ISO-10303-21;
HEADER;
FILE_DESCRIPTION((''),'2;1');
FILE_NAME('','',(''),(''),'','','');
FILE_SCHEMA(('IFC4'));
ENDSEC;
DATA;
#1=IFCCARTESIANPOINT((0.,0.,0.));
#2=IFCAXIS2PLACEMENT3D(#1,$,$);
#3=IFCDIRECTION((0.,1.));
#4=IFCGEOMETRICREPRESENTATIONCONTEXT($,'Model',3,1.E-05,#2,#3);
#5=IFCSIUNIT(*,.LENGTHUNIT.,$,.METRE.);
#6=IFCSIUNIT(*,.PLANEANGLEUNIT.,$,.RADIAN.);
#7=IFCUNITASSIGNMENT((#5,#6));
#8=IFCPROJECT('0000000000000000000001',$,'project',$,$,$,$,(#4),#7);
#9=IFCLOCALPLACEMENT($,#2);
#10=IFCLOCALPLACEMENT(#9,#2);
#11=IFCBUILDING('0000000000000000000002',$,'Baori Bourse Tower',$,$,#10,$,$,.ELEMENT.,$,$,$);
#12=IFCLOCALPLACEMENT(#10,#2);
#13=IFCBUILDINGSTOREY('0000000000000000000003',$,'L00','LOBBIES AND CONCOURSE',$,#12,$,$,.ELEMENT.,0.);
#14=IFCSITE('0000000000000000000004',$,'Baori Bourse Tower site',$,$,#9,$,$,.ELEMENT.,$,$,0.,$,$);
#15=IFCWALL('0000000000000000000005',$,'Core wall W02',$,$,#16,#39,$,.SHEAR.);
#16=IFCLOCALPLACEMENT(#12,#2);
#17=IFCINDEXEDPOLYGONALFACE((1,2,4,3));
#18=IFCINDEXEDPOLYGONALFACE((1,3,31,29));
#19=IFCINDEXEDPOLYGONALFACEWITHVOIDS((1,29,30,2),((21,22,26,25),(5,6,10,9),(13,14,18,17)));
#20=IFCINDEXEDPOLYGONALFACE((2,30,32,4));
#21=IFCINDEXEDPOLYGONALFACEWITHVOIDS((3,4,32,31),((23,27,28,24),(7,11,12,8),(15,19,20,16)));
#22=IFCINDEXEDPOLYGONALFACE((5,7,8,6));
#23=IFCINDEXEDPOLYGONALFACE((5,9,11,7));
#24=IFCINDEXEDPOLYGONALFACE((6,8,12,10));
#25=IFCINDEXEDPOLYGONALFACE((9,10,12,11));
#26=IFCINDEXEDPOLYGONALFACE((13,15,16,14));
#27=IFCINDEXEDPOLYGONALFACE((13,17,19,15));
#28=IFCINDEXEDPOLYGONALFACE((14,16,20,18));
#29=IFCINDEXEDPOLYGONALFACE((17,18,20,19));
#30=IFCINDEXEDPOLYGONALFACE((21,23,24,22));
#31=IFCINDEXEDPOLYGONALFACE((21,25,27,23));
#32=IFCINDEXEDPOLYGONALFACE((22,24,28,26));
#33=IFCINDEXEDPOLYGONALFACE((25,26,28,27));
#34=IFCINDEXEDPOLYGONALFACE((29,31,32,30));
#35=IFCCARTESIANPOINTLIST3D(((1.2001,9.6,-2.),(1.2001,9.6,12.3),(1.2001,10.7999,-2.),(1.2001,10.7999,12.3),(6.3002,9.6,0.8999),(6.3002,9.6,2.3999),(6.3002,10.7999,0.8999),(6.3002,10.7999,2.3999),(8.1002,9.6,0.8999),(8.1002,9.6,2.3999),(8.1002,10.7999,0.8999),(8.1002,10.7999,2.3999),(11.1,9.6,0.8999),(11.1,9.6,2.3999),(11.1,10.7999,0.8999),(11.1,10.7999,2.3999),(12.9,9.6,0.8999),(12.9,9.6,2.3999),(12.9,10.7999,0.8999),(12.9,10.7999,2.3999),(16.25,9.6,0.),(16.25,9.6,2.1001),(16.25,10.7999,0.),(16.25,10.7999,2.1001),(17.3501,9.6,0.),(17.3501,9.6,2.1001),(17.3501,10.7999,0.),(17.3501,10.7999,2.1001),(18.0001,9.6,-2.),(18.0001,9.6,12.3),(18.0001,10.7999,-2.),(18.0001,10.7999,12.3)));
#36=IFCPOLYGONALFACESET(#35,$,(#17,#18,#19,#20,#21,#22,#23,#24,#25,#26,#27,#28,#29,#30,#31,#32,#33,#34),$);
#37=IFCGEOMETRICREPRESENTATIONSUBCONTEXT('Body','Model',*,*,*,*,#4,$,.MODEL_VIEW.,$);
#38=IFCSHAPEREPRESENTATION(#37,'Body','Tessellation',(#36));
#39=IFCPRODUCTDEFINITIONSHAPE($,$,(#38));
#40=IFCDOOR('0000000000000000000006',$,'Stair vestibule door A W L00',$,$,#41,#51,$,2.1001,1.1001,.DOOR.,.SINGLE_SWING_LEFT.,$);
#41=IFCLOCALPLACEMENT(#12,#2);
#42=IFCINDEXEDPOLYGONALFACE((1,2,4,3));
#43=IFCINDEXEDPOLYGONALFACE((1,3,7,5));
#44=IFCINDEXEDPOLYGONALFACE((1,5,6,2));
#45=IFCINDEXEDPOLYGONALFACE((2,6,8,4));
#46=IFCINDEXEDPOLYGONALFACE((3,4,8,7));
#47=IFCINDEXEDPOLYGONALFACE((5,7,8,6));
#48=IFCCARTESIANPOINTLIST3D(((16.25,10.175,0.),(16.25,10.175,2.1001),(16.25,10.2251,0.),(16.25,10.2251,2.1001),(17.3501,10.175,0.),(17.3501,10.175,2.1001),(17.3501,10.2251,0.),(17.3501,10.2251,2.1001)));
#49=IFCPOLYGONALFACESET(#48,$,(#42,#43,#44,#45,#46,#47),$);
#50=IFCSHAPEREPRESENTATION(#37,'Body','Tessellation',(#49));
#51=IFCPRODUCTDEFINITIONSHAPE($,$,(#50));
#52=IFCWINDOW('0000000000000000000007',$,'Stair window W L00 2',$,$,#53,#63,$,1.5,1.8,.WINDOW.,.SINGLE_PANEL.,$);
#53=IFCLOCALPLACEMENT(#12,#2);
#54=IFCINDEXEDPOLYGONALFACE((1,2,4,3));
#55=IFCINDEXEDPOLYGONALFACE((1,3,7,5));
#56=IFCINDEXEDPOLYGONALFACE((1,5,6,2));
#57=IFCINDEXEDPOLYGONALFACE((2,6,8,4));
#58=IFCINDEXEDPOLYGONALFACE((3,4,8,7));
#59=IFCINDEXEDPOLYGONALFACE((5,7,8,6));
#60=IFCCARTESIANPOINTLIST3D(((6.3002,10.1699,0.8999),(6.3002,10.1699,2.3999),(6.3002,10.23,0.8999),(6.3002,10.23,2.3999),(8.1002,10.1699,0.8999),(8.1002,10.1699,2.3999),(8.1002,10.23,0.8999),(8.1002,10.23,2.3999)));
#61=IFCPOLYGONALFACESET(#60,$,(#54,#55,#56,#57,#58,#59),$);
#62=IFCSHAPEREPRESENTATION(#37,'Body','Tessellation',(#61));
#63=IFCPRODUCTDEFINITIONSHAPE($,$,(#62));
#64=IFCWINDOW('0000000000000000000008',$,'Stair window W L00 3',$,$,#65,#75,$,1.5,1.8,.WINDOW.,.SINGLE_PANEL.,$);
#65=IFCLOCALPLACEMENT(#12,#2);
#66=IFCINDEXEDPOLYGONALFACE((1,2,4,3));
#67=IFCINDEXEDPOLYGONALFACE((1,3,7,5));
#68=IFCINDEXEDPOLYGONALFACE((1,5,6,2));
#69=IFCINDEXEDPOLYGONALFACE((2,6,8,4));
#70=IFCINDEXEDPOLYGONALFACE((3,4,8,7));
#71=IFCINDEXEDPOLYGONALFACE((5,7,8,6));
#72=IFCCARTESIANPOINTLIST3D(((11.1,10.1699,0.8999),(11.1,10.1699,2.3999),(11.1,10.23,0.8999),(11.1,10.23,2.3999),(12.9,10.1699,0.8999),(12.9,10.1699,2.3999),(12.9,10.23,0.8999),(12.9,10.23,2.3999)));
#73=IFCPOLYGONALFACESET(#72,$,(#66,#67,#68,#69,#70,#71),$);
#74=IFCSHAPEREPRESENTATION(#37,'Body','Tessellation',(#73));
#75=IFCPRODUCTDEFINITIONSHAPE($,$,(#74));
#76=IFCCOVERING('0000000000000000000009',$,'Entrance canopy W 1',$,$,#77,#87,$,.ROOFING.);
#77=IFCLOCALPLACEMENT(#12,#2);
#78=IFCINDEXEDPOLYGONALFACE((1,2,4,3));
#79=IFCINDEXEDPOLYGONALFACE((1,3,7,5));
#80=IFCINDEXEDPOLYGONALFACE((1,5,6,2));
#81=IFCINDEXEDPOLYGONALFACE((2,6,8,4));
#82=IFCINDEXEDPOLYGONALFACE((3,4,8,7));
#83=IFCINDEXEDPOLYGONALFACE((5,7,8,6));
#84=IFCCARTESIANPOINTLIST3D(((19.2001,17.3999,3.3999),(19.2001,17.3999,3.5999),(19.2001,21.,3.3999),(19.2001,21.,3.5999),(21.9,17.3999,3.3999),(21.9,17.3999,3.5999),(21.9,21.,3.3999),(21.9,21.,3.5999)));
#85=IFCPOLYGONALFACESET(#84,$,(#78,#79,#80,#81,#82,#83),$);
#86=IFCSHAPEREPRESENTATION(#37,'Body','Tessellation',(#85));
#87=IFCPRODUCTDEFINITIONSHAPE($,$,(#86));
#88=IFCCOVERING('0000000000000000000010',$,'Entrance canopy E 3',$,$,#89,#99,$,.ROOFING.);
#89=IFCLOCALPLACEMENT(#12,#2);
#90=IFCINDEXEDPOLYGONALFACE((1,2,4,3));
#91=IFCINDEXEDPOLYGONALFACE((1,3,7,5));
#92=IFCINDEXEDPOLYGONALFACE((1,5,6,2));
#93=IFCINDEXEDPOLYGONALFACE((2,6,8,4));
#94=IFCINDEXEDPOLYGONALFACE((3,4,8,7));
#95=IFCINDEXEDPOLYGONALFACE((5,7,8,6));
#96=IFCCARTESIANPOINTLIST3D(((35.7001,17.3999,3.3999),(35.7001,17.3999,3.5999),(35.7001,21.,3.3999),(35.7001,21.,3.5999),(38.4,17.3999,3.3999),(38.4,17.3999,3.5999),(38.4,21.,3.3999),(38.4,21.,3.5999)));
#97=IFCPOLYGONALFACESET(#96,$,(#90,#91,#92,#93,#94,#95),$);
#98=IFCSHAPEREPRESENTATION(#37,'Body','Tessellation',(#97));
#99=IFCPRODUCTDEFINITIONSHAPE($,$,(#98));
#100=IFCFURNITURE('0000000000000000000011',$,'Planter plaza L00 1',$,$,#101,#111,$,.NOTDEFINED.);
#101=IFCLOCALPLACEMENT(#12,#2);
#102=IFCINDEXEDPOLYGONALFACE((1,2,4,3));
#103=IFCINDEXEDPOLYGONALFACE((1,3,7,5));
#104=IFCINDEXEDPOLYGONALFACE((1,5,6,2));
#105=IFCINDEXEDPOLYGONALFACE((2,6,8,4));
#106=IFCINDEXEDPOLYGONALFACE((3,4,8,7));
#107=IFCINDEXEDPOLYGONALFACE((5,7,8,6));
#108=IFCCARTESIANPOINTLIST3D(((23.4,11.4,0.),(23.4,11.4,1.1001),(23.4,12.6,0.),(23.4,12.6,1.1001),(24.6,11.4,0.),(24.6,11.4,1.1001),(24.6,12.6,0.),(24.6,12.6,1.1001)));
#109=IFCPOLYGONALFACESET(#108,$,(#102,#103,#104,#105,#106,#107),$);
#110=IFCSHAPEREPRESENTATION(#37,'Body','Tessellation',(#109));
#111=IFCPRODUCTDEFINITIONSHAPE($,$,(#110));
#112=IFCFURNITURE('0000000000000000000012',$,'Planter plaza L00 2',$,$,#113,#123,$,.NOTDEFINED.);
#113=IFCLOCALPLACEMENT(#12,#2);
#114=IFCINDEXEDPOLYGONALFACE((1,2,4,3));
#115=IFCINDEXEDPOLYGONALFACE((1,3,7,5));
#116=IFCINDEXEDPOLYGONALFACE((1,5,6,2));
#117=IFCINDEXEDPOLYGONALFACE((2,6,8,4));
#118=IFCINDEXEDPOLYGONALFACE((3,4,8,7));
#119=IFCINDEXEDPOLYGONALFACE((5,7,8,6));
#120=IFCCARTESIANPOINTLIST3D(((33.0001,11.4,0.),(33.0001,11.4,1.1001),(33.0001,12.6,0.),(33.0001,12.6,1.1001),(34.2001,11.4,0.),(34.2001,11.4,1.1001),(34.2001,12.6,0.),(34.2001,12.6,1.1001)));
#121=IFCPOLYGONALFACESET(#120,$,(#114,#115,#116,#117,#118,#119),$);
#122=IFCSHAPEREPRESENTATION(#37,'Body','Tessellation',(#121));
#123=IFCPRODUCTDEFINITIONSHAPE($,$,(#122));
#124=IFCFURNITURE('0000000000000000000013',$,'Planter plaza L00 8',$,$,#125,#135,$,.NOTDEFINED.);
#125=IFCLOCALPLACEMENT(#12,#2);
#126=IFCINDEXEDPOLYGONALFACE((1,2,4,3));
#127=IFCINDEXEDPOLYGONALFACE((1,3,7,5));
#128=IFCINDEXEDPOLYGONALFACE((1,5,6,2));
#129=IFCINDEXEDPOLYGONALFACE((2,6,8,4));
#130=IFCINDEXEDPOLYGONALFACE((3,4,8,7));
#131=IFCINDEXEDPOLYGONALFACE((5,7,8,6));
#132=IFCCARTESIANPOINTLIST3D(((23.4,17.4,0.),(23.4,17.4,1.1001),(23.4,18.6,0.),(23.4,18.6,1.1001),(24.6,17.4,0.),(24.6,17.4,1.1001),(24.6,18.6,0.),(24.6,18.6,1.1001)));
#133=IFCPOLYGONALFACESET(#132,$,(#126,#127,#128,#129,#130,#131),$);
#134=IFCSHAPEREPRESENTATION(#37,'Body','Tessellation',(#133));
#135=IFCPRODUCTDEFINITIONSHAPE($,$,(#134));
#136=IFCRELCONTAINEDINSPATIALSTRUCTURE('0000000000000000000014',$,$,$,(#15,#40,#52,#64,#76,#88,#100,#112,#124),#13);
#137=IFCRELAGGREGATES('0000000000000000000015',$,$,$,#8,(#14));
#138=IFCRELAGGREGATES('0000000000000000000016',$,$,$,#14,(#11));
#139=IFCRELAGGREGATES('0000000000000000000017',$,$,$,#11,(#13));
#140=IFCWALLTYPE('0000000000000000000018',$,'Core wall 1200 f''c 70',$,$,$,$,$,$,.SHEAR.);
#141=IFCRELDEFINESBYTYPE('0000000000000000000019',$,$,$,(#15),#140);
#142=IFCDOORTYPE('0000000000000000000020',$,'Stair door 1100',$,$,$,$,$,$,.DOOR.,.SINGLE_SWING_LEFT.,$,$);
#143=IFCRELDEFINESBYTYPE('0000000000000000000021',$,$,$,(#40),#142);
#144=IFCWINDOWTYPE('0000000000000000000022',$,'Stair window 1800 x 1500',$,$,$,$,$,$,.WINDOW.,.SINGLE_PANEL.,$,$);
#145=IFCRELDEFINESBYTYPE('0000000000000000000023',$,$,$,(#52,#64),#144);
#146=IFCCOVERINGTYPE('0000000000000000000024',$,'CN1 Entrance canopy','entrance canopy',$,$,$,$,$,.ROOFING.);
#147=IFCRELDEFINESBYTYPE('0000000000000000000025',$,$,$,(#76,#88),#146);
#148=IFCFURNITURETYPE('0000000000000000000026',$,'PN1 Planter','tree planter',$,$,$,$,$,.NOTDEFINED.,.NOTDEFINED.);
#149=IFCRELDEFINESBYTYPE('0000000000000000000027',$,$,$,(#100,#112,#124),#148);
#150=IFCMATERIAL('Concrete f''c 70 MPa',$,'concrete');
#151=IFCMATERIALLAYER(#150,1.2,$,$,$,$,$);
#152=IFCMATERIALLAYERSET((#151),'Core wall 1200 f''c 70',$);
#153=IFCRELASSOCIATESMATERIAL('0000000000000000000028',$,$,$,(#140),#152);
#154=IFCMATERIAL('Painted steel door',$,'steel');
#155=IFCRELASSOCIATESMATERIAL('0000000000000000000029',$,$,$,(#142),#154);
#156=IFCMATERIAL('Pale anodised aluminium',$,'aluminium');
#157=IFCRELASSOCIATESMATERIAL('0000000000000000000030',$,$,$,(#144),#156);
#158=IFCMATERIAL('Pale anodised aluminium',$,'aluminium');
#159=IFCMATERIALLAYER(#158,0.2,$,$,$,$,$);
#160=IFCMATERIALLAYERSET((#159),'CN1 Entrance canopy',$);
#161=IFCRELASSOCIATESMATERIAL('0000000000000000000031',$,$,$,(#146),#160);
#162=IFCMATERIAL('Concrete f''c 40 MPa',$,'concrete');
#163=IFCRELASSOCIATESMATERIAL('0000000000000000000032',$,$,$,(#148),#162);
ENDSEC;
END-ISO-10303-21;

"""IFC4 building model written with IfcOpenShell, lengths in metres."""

from ifc_helpers import new_model, si_unit, direction, frame, frame_2d, origin, origin_2d, place, context, subcontext, project, spatial, rectangle, extrude, material, layer, layer_set, type_object, element, fill, save


model = new_model("IFC4")

# Units and contexts
model_context = context("Model", 3, precision=1e-05, world=origin(), true_north=direction((0.0, 1.0)))
body_context = subcontext(model_context, "Body", "Model", "MODEL_VIEW")
ifc_project = project(units=[si_unit("LENGTHUNIT", "METRE"), si_unit("PLANEANGLEUNIT", "RADIAN")], contexts=[model_context])

# Site, building, storey
site_placement = place(None, origin())
site = spatial("IfcSite", under=ifc_project, at=site_placement, Name="Baori Bourse Tower site", CompositionType="ELEMENT", RefElevation=0.0)
building_placement = place(site_placement, origin())
building = spatial("IfcBuilding", under=site, at=building_placement, Name="Baori Bourse Tower", CompositionType="ELEMENT")
storey_placement = place(building_placement, origin())
storey = spatial("IfcBuildingStorey", under=building, at=storey_placement, Name="L00", Description="LOBBIES AND CONCOURSE", CompositionType="ELEMENT", Elevation=0.0)

# Wall, openings, door, windows
ifc_material_1 = material(Name="Concrete f'c 70 MPa", Category="concrete")
ifc_layer_1 = layer(ifc_material_1, 1.2)
ifc_layer_set_1 = layer_set([ifc_layer_1], Name="Core wall 1200 f'c 70")
wall_type = type_object("IfcWallType", Name="Core wall 1200 f'c 70", PredefinedType="SHEAR", material=ifc_layer_set_1)
wall_placement = place(storey_placement, frame((18.0, 10.2, -2.0), z_axis=(0.0, 0.0, 1.0), x_axis=(-1.0, 0.0, 0.0)))
wall = element("IfcWall", 1, at=wall_placement, inside=storey, type_object=wall_type, Name="Core wall W02", PredefinedType="SHEAR", context=body_context, shape_type="SweptSolid", body=[
    extrude(rectangle(XDim=16.8, YDim=1.2, at=frame_2d((8.3999, 0.0))), origin(), (0.0, 0.0, 1.0), 14.3),
])
opening_1_placement = place(wall_placement, frame((0.6499, 0.0, 2.0)))
opening_1 = element("IfcOpeningElement", 2, at=opening_1_placement, cuts=wall, PredefinedType="OPENING", context=body_context, shape_type="SweptSolid", body=[
    extrude(rectangle(XDim=1.1001, YDim=2.1001, at=frame_2d((0.55, 1.05))), frame((0.0, 0.6099, 0.0), z_axis=(0.0, -1.0, 0.0), x_axis=(1.0, 0.0, 0.0)), (0.0, 0.0, 1.0), 1.22),
])
opening_2_placement = place(wall_placement, frame((9.8999, 0.0, 2.8999)))
opening_2 = element("IfcOpeningElement", 3, at=opening_2_placement, cuts=wall, PredefinedType="OPENING", context=body_context, shape_type="SweptSolid", body=[
    extrude(rectangle(XDim=1.8, YDim=1.5, at=frame_2d((0.8999, 0.75))), frame((0.0, 0.6099, 0.0), z_axis=(0.0, -1.0, 0.0), x_axis=(1.0, 0.0, 0.0)), (0.0, 0.0, 1.0), 1.22),
])
opening_3_placement = place(wall_placement, frame((5.1001, 0.0, 2.8999)))
opening_3 = element("IfcOpeningElement", 4, at=opening_3_placement, cuts=wall, PredefinedType="OPENING", context=body_context, shape_type="SweptSolid", body=[
    extrude(rectangle(XDim=1.8, YDim=1.5, at=frame_2d((0.8999, 0.75))), frame((0.0, 0.6099, 0.0), z_axis=(0.0, -1.0, 0.0), x_axis=(1.0, 0.0, 0.0)), (0.0, 0.0, 1.0), 1.22),
])
ifc_material_2 = material(Name="Painted steel door", Category="steel")
door_type = type_object("IfcDoorType", Name="Stair door 1100", OperationType="SINGLE_SWING_LEFT", PredefinedType="DOOR", material=ifc_material_2)
door_placement = place(opening_1_placement, origin())
door = element("IfcDoor", 5, at=door_placement, inside=storey, type_object=door_type, Name="Stair vestibule door A W L00", OperationType="SINGLE_SWING_LEFT", OverallHeight=2.1001, OverallWidth=1.1001, PredefinedType="DOOR", context=body_context, shape_type="SweptSolid", body=[
    extrude(rectangle(XDim=1.1001, YDim=2.1001, at=frame_2d((0.55, 1.05))), frame((0.0, 0.0249, 0.0), z_axis=(0.0, -1.0, 0.0), x_axis=(1.0, 0.0, 0.0)), (0.0, 0.0, 1.0), 0.05),
])
fill(opening_1, door)
ifc_material_3 = material(Name="Pale anodised aluminium", Category="aluminium")
window_type = type_object("IfcWindowType", Name="Stair window 1800 x 1500", PartitioningType="SINGLE_PANEL", PredefinedType="WINDOW", material=ifc_material_3)
window_1_placement = place(opening_2_placement, origin())
window_1 = element("IfcWindow", 6, at=window_1_placement, inside=storey, type_object=window_type, Name="Stair window W L00 2", OverallHeight=1.5, OverallWidth=1.8, PartitioningType="SINGLE_PANEL", PredefinedType="WINDOW", context=body_context, shape_type="SweptSolid", body=[
    extrude(rectangle(XDim=1.8, YDim=1.5, at=frame_2d((0.8999, 0.75))), frame((0.0, 0.03, 0.0), z_axis=(0.0, -1.0, 0.0), x_axis=(1.0, 0.0, 0.0)), (0.0, 0.0, 1.0), 0.0601),
])
fill(opening_2, window_1)
window_2_placement = place(opening_3_placement, origin())
window_2 = element("IfcWindow", 7, at=window_2_placement, inside=storey, type_object=window_type, Name="Stair window W L00 3", OverallHeight=1.5, OverallWidth=1.8, PartitioningType="SINGLE_PANEL", PredefinedType="WINDOW", context=body_context, shape_type="SweptSolid", body=[
    extrude(rectangle(XDim=1.8, YDim=1.5, at=frame_2d((0.8999, 0.75))), frame((0.0, 0.03, 0.0), z_axis=(0.0, -1.0, 0.0), x_axis=(1.0, 0.0, 0.0)), (0.0, 0.0, 1.0), 0.0601),
])
fill(opening_3, window_2)

# Coverings
ifc_material_4 = material(Name="Pale anodised aluminium", Category="aluminium")
ifc_layer_2 = layer(ifc_material_4, 0.2)
ifc_layer_set_2 = layer_set([ifc_layer_2], Name="CN1 Entrance canopy")
covering_type = type_object("IfcCoveringType", Name="CN1 Entrance canopy", Description="entrance canopy", PredefinedType="ROOFING", material=ifc_layer_set_2)
for number, where, z_axis, x_axis, name in (
    (8, (20.55, 19.2, 3.3999), (0.0, 0.0, 1.0), (1.0, 0.0, 0.0), "Entrance canopy W 1"),
    (9, (37.05, 19.2, 3.3999), (0.0, 0.0, 1.0), (1.0, 0.0, 0.0), "Entrance canopy E 3"),
):
    element("IfcCovering", number, at=place(storey_placement, frame(where, z_axis=z_axis, x_axis=x_axis)), inside=storey, type_object=covering_type, Name=name, PredefinedType="ROOFING", context=body_context, shape_type="SweptSolid", body=[
        extrude(rectangle(XDim=2.7, YDim=3.6001, at=origin_2d()), origin(), (0.0, 0.0, 1.0), 0.2),
    ])

# Furniture
ifc_material_5 = material(Name="Concrete f'c 40 MPa", Category="concrete")
furniture_type = type_object("IfcFurnitureType", Name="PN1 Planter", Description="tree planter", AssemblyPlace="NOTDEFINED", PredefinedType="NOTDEFINED", material=ifc_material_5)
for number, where, z_axis, x_axis, name in (
    (10, (24.0, 12.0, 0.0), (0.0, 0.0, 1.0), (1.0, 0.0, 0.0), "Planter plaza L00 1"),
    (11, (33.6001, 12.0, 0.0), (0.0, 0.0, 1.0), (1.0, 0.0, 0.0), "Planter plaza L00 2"),
    (12, (24.0, 18.0, 0.0), (0.0, 0.0, 1.0), (1.0, 0.0, 0.0), "Planter plaza L00 8"),
):
    element("IfcFurniture", number, at=place(storey_placement, frame(where, z_axis=z_axis, x_axis=x_axis)), inside=storey, type_object=furniture_type, Name=name, PredefinedType="NOTDEFINED", context=body_context, shape_type="SweptSolid", body=[
        extrude(rectangle(XDim=1.2, YDim=1.2, at=origin_2d()), origin(), (0.0, 0.0, 1.0), 1.1001),
    ])

save(model, "model.ifc")
